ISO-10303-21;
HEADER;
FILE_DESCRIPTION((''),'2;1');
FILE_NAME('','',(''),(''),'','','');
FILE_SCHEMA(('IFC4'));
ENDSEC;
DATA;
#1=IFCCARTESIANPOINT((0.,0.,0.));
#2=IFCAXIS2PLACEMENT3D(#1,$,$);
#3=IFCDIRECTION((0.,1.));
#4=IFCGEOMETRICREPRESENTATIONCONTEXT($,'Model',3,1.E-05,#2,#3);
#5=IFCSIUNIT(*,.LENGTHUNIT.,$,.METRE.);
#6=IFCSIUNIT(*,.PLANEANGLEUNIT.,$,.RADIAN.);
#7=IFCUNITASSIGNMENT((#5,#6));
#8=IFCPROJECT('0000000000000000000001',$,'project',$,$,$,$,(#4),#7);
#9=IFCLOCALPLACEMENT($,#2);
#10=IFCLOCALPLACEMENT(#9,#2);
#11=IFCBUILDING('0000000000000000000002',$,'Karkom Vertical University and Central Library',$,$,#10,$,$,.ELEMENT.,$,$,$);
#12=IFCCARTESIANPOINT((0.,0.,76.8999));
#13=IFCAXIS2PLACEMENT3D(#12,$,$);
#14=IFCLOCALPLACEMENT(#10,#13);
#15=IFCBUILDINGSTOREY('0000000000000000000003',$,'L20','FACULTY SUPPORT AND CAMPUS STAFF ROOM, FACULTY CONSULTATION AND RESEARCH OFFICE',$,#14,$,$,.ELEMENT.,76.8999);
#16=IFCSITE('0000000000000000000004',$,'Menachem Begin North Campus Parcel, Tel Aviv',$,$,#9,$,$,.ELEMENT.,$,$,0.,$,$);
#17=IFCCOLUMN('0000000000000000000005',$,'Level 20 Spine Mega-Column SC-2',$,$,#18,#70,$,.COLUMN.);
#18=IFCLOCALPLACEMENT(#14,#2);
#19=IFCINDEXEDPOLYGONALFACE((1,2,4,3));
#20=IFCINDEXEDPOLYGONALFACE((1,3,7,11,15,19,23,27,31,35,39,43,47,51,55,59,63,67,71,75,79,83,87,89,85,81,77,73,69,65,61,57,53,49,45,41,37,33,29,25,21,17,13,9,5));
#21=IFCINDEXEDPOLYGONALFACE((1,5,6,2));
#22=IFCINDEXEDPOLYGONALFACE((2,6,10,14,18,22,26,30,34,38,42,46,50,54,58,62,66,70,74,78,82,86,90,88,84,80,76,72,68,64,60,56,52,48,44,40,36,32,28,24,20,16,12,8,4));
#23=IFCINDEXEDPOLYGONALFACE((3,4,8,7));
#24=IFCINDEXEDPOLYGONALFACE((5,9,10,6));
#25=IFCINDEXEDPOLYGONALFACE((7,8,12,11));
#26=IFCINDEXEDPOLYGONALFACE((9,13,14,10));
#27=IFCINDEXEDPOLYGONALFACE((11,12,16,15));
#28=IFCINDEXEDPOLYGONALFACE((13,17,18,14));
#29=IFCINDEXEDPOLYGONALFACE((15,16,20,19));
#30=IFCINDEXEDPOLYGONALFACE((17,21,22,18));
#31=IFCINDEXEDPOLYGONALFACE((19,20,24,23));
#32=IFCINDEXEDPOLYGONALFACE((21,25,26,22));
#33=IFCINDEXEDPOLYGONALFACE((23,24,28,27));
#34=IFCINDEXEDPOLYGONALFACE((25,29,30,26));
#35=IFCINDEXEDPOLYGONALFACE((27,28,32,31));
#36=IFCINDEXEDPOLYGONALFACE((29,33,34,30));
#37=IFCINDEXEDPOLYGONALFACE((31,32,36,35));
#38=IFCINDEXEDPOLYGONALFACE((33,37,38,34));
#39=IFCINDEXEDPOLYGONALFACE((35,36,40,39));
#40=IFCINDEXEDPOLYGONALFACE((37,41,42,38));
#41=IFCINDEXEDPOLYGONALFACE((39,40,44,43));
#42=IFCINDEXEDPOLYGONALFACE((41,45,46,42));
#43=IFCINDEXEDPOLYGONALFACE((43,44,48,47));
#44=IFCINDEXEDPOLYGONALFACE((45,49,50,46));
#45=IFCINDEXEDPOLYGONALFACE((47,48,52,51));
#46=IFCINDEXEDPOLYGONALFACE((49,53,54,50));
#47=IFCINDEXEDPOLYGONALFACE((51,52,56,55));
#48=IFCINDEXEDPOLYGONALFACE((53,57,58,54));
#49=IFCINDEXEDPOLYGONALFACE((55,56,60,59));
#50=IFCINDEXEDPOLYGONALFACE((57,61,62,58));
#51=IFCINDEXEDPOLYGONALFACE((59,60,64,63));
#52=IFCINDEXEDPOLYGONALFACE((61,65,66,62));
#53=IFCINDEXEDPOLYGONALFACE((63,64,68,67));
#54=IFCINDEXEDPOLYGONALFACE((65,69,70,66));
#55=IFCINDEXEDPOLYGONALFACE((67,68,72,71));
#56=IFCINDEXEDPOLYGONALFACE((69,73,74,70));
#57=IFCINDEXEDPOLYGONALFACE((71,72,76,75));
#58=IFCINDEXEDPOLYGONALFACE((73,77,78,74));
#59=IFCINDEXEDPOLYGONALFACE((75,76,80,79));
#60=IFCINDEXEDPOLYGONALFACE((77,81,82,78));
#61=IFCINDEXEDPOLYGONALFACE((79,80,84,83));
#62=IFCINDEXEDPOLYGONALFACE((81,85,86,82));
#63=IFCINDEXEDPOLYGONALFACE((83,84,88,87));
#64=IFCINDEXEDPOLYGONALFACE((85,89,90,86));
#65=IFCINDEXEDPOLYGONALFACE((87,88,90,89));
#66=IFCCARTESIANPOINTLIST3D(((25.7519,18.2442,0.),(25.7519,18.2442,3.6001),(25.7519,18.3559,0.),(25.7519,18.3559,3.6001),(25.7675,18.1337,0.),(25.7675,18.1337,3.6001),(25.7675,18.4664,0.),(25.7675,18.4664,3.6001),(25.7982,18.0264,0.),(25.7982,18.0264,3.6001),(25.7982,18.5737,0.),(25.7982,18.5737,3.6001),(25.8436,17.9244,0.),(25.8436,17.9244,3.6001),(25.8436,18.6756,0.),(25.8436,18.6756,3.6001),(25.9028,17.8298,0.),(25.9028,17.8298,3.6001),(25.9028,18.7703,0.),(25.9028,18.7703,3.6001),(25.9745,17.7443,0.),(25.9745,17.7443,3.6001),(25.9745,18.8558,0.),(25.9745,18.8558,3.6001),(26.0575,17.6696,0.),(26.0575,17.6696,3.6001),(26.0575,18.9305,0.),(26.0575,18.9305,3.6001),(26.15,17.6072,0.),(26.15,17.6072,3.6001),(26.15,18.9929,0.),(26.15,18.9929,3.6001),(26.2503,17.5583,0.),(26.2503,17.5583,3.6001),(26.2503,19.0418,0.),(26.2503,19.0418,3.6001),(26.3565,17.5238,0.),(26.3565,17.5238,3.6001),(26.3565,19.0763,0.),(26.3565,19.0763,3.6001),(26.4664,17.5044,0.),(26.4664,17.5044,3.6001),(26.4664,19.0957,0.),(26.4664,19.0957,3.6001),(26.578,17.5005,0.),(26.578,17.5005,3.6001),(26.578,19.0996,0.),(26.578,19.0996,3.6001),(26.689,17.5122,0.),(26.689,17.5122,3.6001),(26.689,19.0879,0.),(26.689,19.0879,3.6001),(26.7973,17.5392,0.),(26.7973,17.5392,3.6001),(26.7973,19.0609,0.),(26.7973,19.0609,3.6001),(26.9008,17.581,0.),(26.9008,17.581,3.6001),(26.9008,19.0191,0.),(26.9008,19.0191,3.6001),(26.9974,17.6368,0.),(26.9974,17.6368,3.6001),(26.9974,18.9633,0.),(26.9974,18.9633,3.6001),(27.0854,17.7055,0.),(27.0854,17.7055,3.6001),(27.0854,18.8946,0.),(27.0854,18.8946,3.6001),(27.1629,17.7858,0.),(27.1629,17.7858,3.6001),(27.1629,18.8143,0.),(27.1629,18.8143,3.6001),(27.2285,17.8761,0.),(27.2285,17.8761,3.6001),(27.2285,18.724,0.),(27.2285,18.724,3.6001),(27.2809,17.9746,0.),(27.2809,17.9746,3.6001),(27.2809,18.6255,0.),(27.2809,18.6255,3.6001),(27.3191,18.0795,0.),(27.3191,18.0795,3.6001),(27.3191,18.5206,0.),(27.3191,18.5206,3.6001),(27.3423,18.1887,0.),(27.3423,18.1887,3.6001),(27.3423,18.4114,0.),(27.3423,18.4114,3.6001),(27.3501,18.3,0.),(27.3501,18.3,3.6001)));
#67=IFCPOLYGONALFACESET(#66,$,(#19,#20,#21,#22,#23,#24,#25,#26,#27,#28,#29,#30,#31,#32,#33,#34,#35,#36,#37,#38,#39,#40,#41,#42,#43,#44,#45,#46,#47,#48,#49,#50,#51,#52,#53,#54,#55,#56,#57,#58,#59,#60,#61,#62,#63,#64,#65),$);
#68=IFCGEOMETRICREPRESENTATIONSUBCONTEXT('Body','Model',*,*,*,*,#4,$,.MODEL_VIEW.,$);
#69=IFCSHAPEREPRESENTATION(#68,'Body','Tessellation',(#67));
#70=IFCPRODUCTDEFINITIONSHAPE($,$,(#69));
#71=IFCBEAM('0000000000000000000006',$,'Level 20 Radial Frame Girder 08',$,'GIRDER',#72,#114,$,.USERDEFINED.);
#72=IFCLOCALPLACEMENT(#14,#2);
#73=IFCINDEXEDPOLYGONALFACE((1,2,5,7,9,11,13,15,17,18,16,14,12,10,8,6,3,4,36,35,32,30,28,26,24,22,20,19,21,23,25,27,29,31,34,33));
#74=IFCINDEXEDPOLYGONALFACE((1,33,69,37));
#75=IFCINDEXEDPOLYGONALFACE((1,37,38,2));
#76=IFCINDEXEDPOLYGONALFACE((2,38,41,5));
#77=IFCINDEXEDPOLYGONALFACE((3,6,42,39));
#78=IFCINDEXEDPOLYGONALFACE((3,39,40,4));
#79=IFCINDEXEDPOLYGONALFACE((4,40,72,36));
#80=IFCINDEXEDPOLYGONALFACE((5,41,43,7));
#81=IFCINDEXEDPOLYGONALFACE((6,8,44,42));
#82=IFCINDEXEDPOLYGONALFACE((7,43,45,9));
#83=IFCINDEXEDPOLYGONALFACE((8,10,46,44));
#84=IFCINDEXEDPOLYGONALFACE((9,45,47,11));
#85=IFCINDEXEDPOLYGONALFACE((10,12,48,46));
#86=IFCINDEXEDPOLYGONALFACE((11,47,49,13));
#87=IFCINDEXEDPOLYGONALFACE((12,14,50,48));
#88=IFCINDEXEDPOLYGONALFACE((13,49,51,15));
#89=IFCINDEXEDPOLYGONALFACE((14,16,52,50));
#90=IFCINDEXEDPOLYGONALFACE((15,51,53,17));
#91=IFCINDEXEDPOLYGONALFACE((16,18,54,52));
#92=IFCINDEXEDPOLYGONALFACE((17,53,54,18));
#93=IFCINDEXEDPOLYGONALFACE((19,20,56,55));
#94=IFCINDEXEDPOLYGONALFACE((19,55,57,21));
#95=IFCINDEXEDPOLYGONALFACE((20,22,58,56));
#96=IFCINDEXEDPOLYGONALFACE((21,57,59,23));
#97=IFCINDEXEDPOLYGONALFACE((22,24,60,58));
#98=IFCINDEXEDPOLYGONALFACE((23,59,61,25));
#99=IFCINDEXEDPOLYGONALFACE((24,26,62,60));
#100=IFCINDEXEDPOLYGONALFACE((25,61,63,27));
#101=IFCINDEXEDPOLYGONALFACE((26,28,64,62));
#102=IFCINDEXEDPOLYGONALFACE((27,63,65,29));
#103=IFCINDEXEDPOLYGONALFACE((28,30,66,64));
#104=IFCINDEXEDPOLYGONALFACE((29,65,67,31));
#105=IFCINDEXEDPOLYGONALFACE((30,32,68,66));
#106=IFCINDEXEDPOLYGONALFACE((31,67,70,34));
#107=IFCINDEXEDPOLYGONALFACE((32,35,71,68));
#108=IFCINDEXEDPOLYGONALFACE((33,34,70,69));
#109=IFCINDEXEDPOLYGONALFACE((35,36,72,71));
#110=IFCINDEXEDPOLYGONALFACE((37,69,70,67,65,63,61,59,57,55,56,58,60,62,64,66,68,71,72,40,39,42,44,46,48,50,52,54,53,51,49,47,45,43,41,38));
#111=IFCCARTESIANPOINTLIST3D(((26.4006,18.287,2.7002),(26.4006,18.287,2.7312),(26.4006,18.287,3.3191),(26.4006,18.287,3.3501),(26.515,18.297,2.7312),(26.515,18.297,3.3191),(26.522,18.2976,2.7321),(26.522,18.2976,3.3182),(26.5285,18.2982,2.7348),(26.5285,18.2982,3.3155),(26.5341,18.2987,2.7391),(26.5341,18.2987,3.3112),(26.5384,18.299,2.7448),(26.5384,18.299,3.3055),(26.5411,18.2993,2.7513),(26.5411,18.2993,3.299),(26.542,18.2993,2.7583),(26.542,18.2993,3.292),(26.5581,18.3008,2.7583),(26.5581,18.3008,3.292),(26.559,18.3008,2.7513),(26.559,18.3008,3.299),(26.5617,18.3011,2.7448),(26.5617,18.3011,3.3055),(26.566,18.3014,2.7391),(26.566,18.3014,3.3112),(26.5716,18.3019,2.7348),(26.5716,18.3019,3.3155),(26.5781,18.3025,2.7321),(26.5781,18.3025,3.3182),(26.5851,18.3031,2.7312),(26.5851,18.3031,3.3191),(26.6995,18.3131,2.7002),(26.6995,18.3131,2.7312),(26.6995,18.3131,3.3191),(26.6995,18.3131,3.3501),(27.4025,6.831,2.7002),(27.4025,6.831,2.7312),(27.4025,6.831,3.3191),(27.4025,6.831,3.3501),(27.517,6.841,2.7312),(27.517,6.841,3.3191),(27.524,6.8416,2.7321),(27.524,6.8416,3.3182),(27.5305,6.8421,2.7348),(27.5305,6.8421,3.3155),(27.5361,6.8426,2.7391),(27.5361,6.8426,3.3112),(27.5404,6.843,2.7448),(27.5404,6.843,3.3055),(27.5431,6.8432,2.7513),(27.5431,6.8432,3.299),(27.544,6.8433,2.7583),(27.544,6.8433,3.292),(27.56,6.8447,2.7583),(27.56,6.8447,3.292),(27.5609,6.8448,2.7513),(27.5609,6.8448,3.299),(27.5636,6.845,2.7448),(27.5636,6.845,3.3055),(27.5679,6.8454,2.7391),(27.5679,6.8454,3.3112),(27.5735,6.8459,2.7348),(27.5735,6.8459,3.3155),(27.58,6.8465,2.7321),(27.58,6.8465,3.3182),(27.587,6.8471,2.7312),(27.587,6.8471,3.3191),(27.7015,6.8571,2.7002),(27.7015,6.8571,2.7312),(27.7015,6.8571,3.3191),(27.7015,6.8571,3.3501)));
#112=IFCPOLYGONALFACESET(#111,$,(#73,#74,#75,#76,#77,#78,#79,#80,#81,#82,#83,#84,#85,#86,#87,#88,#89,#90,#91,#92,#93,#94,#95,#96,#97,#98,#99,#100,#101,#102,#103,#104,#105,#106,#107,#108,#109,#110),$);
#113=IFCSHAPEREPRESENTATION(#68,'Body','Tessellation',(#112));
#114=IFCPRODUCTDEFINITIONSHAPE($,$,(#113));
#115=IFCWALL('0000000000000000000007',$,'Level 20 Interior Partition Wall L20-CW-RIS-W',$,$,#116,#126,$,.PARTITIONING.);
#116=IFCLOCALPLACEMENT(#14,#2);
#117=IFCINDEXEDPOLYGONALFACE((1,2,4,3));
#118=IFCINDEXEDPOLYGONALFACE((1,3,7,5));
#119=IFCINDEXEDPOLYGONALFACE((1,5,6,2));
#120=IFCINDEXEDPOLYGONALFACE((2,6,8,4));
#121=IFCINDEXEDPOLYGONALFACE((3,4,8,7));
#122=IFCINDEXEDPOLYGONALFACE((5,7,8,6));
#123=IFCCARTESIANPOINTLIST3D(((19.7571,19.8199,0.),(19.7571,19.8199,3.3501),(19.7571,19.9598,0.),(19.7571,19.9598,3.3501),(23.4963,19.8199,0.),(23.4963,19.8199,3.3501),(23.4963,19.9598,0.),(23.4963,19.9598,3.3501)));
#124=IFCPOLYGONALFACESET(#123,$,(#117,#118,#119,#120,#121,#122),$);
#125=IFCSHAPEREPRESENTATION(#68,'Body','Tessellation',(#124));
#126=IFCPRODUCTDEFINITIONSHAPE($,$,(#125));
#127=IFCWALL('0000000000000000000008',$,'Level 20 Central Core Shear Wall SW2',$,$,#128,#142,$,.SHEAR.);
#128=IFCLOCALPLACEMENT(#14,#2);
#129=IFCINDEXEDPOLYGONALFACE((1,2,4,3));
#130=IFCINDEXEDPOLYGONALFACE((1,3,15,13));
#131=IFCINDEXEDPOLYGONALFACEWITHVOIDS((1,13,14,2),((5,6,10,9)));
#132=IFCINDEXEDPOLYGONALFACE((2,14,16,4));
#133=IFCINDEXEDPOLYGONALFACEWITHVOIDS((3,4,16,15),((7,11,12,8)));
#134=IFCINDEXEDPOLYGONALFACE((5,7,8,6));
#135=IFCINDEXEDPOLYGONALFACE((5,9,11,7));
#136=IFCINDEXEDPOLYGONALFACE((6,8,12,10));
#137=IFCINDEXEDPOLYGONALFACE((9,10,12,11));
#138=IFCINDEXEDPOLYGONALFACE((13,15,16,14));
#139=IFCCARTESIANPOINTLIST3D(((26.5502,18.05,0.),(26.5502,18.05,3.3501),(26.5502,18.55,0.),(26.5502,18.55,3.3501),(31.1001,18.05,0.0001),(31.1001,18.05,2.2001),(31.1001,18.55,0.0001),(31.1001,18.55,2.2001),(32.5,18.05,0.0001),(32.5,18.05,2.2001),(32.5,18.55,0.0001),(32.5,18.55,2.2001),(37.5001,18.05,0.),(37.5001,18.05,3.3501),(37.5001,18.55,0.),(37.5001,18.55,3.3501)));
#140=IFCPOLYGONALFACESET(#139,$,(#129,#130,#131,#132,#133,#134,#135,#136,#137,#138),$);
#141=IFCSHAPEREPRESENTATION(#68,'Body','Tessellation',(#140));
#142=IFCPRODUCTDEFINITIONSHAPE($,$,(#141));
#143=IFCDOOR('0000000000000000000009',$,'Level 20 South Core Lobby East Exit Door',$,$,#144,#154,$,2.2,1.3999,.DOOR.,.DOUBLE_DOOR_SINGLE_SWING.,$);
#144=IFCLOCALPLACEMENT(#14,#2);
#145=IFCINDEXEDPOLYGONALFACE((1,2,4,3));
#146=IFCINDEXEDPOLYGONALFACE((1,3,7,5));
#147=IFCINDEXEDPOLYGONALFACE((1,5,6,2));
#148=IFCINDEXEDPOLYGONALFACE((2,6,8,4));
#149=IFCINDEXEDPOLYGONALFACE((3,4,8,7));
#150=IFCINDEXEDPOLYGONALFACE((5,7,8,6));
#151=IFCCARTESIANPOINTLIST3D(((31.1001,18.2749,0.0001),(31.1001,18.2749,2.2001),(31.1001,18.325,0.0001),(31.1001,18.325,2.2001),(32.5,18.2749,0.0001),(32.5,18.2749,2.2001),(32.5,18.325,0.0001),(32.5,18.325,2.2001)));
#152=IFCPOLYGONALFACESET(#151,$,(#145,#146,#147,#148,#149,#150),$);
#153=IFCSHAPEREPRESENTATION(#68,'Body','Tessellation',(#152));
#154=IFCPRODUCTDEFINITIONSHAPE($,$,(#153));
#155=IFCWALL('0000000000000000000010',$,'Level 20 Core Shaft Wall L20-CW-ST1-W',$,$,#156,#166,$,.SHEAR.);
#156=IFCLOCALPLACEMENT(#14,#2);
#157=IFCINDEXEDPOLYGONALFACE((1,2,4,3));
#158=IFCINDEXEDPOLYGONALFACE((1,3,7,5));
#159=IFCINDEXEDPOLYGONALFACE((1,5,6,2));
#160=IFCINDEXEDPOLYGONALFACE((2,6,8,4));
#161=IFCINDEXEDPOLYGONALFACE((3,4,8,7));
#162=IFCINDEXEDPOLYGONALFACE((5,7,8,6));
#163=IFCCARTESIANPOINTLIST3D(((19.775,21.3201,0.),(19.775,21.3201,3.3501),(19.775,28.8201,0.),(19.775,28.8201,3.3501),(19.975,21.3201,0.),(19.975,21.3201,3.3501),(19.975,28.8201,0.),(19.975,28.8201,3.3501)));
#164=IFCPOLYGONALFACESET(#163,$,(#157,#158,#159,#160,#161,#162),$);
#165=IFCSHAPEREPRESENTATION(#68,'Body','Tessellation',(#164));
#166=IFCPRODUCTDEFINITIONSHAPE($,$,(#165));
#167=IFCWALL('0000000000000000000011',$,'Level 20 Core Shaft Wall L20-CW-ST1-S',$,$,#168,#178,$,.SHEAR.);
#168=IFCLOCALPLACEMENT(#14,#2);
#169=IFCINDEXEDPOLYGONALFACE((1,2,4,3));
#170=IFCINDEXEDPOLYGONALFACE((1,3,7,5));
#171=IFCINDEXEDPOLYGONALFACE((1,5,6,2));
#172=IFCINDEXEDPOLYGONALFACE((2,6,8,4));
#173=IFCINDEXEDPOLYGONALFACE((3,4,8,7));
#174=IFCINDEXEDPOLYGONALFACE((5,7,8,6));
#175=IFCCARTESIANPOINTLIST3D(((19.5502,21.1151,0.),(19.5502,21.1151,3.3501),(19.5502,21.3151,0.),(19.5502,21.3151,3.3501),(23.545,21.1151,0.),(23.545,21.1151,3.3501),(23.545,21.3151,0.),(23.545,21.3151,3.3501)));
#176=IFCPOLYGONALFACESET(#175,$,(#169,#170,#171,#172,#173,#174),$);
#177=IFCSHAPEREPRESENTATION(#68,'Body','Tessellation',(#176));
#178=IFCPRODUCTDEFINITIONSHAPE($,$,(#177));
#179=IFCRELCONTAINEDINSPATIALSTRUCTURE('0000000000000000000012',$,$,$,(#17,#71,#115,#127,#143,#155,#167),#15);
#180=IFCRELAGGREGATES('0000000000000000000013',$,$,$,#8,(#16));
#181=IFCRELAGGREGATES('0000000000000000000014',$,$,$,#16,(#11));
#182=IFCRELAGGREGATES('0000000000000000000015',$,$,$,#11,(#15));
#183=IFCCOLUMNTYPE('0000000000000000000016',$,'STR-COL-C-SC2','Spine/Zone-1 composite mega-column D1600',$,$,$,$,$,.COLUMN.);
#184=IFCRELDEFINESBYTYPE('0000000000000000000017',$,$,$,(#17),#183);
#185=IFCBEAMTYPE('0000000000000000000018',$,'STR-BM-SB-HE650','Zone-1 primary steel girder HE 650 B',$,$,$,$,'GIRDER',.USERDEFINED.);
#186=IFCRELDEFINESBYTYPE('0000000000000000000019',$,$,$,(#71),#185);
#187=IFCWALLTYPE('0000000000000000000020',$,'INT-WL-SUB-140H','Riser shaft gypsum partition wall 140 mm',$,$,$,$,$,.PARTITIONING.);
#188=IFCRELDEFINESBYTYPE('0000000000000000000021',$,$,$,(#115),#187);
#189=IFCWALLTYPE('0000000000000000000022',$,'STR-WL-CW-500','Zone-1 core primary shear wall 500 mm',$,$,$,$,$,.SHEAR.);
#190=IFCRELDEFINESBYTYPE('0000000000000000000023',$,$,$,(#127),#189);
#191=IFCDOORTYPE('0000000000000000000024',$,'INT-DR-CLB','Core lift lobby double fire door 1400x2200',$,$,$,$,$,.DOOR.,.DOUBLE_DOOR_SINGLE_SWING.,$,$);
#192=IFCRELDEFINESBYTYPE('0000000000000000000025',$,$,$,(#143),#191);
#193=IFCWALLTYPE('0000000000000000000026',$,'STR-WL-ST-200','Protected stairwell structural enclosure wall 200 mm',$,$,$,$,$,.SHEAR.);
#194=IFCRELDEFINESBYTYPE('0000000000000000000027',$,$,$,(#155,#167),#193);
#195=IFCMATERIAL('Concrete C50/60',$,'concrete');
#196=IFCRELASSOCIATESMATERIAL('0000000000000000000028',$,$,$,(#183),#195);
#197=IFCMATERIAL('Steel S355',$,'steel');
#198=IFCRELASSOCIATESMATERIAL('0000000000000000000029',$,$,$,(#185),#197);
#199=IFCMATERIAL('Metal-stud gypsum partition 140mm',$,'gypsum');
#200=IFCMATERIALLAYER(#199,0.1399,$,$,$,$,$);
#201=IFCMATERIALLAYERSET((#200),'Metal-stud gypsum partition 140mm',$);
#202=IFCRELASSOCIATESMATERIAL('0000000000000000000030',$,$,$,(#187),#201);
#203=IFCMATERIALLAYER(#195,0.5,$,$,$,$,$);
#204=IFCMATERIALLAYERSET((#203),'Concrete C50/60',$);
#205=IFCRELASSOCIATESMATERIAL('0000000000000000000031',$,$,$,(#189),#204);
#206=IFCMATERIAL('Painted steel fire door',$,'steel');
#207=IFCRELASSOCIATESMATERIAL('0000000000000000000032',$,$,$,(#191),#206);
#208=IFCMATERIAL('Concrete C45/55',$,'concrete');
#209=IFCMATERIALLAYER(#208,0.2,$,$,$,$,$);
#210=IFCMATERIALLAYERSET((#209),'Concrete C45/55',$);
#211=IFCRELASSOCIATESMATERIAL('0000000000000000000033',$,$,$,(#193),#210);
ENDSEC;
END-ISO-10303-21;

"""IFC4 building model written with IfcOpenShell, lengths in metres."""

from ifc_helpers import new_model, si_unit, direction, frame, frame_2d, origin, origin_with_axes, origin_2d, place, context, subcontext, project, spatial, rectangle, circle, i_section, extrude, source, transform, mapped, material, layer, layer_set, material_profile, profile_set, type_object, element, fill, save


model = new_model("IFC4")

# Units and contexts
model_context = context("Model", 3, precision=1e-05, world=origin(), true_north=direction((0.0, 1.0)))
body_context = subcontext(model_context, "Body", "Model", "MODEL_VIEW")
ifc_project = project(units=[si_unit("LENGTHUNIT", "METRE"), si_unit("PLANEANGLEUNIT", "RADIAN")], contexts=[model_context])

# Site, building, storey
site_placement = place(None, origin())
site = spatial("IfcSite", under=ifc_project, at=site_placement, Name="Menachem Begin North Campus Parcel, Tel Aviv", CompositionType="ELEMENT", RefElevation=0.0)
building_placement = place(site_placement, origin())
building = spatial("IfcBuilding", under=site, at=building_placement, Name="Karkom Vertical University and Central Library", CompositionType="ELEMENT")
storey_placement = place(building_placement, frame((0.0, 0.0, 76.8999)))
storey = spatial("IfcBuildingStorey", under=building, at=storey_placement, Name="L20", Description="FACULTY SUPPORT AND CAMPUS STAFF ROOM, FACULTY CONSULTATION AND RESEARCH OFFICE", CompositionType="ELEMENT", Elevation=76.8999)

# Column
ifc_material_1 = material(Name="Concrete C50/60", Category="concrete")
ifc_material_profile_1 = material_profile(ifc_material_1, circle(Radius=0.8, at=origin_2d()), Name="CFT-D1600")
ifc_profile_set_1 = profile_set([ifc_material_profile_1], Name="Concrete C50/60")
column_type = type_object("IfcColumnType", Name="STR-COL-C-SC2", Description="Spine/Zone-1 composite mega-column D1600", PredefinedType="COLUMN", material=ifc_profile_set_1)
shared_shape_1 = source(origin_with_axes(), body_context, "Body", "SweptSolid", [
    extrude(circle(Radius=0.8, at=origin_2d()), origin(), (0.0, 0.0, 1.0), 3.6001),
])
column_placement = place(storey_placement, frame((26.55, 18.3, 0.0), z_axis=(0.0, 0.0, 1.0), x_axis=(1.0, 0.0, 0.0)))
element("IfcColumn", 1, at=column_placement, inside=storey, type_object=column_type, Name="Level 20 Spine Mega-Column SC-2", PredefinedType="COLUMN", context=body_context, shape_type="MappedRepresentation", body=[
    mapped(shared_shape_1, transform((0.0, 0.0, 0.0), scale=1.0)),
])

# Beam
ifc_material_2 = material(Name="Steel S355", Category="steel")
ifc_material_profile_2 = material_profile(ifc_material_2, i_section(OverallWidth=0.3, OverallDepth=0.6499, WebThickness=0.0161, FlangeThickness=0.031, FilletRadius=0.0271, at=origin_2d()), Name="HE 650 B")
ifc_profile_set_2 = profile_set([ifc_material_profile_2], Name="Steel S355")
beam_type = type_object("IfcBeamType", Name="STR-BM-SB-HE650", Description="Zone-1 primary steel girder HE 650 B", ElementType="GIRDER", PredefinedType="USERDEFINED", material=ifc_profile_set_2)
shared_shape_2 = source(origin_with_axes(), body_context, "Body", "SweptSolid", [
    extrude(i_section(OverallWidth=0.3, OverallDepth=0.6499, WebThickness=0.0161, FlangeThickness=0.031, FilletRadius=0.0271, at=origin_2d()), origin(), (0.0, 0.0, 1.0), 11.4998),
])
beam_placement = place(storey_placement, frame((26.55, 18.3, 3.0251), z_axis=(0.087128, -0.996197, 0.0), x_axis=(0.996197, 0.087128, 0.0)))
element("IfcBeam", 2, at=beam_placement, inside=storey, type_object=beam_type, Name="Level 20 Radial Frame Girder 08", ObjectType="GIRDER", PredefinedType="USERDEFINED", context=body_context, shape_type="MappedRepresentation", body=[
    mapped(shared_shape_2, transform((0.0, 0.0, 0.0), scale=1.0)),
])

# Wall
ifc_material_3 = material(Name="Metal-stud gypsum partition 140mm", Category="gypsum")
ifc_layer_1 = layer(ifc_material_3, 0.1399)
ifc_layer_set_1 = layer_set([ifc_layer_1], Name="Metal-stud gypsum partition 140mm")
wall_type_1 = type_object("IfcWallType", Name="INT-WL-SUB-140H", Description="Riser shaft gypsum partition wall 140 mm", PredefinedType="PARTITIONING", material=ifc_layer_set_1)
wall_1_placement = place(storey_placement, frame((19.7571, 19.8899, 0.0), z_axis=(0.0, 0.0, 1.0), x_axis=(1.0, 0.0, 0.0)))
element("IfcWall", 3, at=wall_1_placement, inside=storey, type_object=wall_type_1, Name="Level 20 Interior Partition Wall L20-CW-RIS-W", PredefinedType="PARTITIONING", context=body_context, shape_type="SweptSolid", body=[
    extrude(rectangle(XDim=3.7393, YDim=0.1399, at=frame_2d((1.8696, 0.0))), origin(), (0.0, 0.0, 1.0), 3.3501),
])

# Wall, opening, door
ifc_layer_2 = layer(ifc_material_1, 0.5)
ifc_layer_set_2 = layer_set([ifc_layer_2], Name="Concrete C50/60")
wall_type_2 = type_object("IfcWallType", Name="STR-WL-CW-500", Description="Zone-1 core primary shear wall 500 mm", PredefinedType="SHEAR", material=ifc_layer_set_2)
wall_2_placement = place(storey_placement, frame((26.55, 18.3, 0.0), z_axis=(0.0, 0.0, 1.0), x_axis=(1.0, 0.0, 0.0)))
wall_2 = element("IfcWall", 4, at=wall_2_placement, inside=storey, type_object=wall_type_2, Name="Level 20 Central Core Shear Wall SW2", PredefinedType="SHEAR", context=body_context, shape_type="SweptSolid", body=[
    extrude(rectangle(XDim=10.95, YDim=0.5, at=frame_2d((5.4751, 0.0))), origin(), (0.0, 0.0, 1.0), 3.3501),
])
opening_1_placement = place(wall_2_placement, frame((4.55, 0.0, 0.0)))
opening_1 = element("IfcOpeningElement", 5, at=opening_1_placement, cuts=wall_2, PredefinedType="OPENING", context=body_context, shape_type="SweptSolid", body=[
    extrude(rectangle(XDim=1.3999, YDim=2.2, at=frame_2d((0.7, 1.1001))), frame((0.0, 0.26, 0.0), z_axis=(0.0, -1.0, 0.0), x_axis=(1.0, 0.0, 0.0)), (0.0, 0.0, 1.0), 0.52),
])
ifc_material_4 = material(Name="Painted steel fire door", Category="steel")
door_type_1 = type_object("IfcDoorType", Name="INT-DR-CLB", Description="Core lift lobby double fire door 1400x2200", OperationType="DOUBLE_DOOR_SINGLE_SWING", PredefinedType="DOOR", material=ifc_material_4)
shared_shape_3 = source(origin_with_axes(), body_context, "Body", "SweptSolid", [
    extrude(rectangle(XDim=1.3999, YDim=2.2, at=frame_2d((0.7, 1.1001))), frame((0.0, 0.0249, 0.0), z_axis=(0.0, -1.0, 0.0), x_axis=(1.0, 0.0, 0.0)), (0.0, 0.0, 1.0), 0.05),
])
door_1_placement = place(opening_1_placement, origin())
door_1 = element("IfcDoor", 6, at=door_1_placement, inside=storey, type_object=door_type_1, Name="Level 20 South Core Lobby East Exit Door", OperationType="DOUBLE_DOOR_SINGLE_SWING", OverallHeight=2.2, OverallWidth=1.3999, PredefinedType="DOOR", context=body_context, shape_type="MappedRepresentation", body=[
    mapped(shared_shape_3, transform((0.0, 0.0, 0.0), scale=1.0)),
])
fill(opening_1, door_1)

# Shared definitions
ifc_material_5 = material(Name="Concrete C45/55", Category="concrete")
ifc_layer_3 = layer(ifc_material_5, 0.2)
ifc_layer_set_3 = layer_set([ifc_layer_3], Name="Concrete C45/55")
wall_type_3 = type_object("IfcWallType", Name="STR-WL-ST-200", Description="Protected stairwell structural enclosure wall 200 mm", PredefinedType="SHEAR", material=ifc_layer_set_3)

# Walls
wall_3_placement = place(storey_placement, frame((19.875, 21.3201, 0.0), z_axis=(0.0, 0.0, 1.0), x_axis=(0.0, 1.0, 0.0)))
element("IfcWall", 7, at=wall_3_placement, inside=storey, type_object=wall_type_3, Name="Level 20 Core Shaft Wall L20-CW-ST1-W", PredefinedType="SHEAR", context=body_context, shape_type="SweptSolid", body=[
    extrude(rectangle(XDim=7.5, YDim=0.2, at=frame_2d((3.75, 0.0))), origin(), (0.0, 0.0, 1.0), 3.3501),
])
wall_4_placement = place(storey_placement, frame((19.55, 21.2151, 0.0), z_axis=(0.0, 0.0, 1.0), x_axis=(1.0, 0.0, 0.0)))
element("IfcWall", 8, at=wall_4_placement, inside=storey, type_object=wall_type_3, Name="Level 20 Core Shaft Wall L20-CW-ST1-S", PredefinedType="SHEAR", context=body_context, shape_type="SweptSolid", body=[
    extrude(rectangle(XDim=3.9949, YDim=0.2, at=frame_2d((1.9976, 0.0))), origin(), (0.0, 0.0, 1.0), 3.3501),
])

save(model, "model.ifc")
